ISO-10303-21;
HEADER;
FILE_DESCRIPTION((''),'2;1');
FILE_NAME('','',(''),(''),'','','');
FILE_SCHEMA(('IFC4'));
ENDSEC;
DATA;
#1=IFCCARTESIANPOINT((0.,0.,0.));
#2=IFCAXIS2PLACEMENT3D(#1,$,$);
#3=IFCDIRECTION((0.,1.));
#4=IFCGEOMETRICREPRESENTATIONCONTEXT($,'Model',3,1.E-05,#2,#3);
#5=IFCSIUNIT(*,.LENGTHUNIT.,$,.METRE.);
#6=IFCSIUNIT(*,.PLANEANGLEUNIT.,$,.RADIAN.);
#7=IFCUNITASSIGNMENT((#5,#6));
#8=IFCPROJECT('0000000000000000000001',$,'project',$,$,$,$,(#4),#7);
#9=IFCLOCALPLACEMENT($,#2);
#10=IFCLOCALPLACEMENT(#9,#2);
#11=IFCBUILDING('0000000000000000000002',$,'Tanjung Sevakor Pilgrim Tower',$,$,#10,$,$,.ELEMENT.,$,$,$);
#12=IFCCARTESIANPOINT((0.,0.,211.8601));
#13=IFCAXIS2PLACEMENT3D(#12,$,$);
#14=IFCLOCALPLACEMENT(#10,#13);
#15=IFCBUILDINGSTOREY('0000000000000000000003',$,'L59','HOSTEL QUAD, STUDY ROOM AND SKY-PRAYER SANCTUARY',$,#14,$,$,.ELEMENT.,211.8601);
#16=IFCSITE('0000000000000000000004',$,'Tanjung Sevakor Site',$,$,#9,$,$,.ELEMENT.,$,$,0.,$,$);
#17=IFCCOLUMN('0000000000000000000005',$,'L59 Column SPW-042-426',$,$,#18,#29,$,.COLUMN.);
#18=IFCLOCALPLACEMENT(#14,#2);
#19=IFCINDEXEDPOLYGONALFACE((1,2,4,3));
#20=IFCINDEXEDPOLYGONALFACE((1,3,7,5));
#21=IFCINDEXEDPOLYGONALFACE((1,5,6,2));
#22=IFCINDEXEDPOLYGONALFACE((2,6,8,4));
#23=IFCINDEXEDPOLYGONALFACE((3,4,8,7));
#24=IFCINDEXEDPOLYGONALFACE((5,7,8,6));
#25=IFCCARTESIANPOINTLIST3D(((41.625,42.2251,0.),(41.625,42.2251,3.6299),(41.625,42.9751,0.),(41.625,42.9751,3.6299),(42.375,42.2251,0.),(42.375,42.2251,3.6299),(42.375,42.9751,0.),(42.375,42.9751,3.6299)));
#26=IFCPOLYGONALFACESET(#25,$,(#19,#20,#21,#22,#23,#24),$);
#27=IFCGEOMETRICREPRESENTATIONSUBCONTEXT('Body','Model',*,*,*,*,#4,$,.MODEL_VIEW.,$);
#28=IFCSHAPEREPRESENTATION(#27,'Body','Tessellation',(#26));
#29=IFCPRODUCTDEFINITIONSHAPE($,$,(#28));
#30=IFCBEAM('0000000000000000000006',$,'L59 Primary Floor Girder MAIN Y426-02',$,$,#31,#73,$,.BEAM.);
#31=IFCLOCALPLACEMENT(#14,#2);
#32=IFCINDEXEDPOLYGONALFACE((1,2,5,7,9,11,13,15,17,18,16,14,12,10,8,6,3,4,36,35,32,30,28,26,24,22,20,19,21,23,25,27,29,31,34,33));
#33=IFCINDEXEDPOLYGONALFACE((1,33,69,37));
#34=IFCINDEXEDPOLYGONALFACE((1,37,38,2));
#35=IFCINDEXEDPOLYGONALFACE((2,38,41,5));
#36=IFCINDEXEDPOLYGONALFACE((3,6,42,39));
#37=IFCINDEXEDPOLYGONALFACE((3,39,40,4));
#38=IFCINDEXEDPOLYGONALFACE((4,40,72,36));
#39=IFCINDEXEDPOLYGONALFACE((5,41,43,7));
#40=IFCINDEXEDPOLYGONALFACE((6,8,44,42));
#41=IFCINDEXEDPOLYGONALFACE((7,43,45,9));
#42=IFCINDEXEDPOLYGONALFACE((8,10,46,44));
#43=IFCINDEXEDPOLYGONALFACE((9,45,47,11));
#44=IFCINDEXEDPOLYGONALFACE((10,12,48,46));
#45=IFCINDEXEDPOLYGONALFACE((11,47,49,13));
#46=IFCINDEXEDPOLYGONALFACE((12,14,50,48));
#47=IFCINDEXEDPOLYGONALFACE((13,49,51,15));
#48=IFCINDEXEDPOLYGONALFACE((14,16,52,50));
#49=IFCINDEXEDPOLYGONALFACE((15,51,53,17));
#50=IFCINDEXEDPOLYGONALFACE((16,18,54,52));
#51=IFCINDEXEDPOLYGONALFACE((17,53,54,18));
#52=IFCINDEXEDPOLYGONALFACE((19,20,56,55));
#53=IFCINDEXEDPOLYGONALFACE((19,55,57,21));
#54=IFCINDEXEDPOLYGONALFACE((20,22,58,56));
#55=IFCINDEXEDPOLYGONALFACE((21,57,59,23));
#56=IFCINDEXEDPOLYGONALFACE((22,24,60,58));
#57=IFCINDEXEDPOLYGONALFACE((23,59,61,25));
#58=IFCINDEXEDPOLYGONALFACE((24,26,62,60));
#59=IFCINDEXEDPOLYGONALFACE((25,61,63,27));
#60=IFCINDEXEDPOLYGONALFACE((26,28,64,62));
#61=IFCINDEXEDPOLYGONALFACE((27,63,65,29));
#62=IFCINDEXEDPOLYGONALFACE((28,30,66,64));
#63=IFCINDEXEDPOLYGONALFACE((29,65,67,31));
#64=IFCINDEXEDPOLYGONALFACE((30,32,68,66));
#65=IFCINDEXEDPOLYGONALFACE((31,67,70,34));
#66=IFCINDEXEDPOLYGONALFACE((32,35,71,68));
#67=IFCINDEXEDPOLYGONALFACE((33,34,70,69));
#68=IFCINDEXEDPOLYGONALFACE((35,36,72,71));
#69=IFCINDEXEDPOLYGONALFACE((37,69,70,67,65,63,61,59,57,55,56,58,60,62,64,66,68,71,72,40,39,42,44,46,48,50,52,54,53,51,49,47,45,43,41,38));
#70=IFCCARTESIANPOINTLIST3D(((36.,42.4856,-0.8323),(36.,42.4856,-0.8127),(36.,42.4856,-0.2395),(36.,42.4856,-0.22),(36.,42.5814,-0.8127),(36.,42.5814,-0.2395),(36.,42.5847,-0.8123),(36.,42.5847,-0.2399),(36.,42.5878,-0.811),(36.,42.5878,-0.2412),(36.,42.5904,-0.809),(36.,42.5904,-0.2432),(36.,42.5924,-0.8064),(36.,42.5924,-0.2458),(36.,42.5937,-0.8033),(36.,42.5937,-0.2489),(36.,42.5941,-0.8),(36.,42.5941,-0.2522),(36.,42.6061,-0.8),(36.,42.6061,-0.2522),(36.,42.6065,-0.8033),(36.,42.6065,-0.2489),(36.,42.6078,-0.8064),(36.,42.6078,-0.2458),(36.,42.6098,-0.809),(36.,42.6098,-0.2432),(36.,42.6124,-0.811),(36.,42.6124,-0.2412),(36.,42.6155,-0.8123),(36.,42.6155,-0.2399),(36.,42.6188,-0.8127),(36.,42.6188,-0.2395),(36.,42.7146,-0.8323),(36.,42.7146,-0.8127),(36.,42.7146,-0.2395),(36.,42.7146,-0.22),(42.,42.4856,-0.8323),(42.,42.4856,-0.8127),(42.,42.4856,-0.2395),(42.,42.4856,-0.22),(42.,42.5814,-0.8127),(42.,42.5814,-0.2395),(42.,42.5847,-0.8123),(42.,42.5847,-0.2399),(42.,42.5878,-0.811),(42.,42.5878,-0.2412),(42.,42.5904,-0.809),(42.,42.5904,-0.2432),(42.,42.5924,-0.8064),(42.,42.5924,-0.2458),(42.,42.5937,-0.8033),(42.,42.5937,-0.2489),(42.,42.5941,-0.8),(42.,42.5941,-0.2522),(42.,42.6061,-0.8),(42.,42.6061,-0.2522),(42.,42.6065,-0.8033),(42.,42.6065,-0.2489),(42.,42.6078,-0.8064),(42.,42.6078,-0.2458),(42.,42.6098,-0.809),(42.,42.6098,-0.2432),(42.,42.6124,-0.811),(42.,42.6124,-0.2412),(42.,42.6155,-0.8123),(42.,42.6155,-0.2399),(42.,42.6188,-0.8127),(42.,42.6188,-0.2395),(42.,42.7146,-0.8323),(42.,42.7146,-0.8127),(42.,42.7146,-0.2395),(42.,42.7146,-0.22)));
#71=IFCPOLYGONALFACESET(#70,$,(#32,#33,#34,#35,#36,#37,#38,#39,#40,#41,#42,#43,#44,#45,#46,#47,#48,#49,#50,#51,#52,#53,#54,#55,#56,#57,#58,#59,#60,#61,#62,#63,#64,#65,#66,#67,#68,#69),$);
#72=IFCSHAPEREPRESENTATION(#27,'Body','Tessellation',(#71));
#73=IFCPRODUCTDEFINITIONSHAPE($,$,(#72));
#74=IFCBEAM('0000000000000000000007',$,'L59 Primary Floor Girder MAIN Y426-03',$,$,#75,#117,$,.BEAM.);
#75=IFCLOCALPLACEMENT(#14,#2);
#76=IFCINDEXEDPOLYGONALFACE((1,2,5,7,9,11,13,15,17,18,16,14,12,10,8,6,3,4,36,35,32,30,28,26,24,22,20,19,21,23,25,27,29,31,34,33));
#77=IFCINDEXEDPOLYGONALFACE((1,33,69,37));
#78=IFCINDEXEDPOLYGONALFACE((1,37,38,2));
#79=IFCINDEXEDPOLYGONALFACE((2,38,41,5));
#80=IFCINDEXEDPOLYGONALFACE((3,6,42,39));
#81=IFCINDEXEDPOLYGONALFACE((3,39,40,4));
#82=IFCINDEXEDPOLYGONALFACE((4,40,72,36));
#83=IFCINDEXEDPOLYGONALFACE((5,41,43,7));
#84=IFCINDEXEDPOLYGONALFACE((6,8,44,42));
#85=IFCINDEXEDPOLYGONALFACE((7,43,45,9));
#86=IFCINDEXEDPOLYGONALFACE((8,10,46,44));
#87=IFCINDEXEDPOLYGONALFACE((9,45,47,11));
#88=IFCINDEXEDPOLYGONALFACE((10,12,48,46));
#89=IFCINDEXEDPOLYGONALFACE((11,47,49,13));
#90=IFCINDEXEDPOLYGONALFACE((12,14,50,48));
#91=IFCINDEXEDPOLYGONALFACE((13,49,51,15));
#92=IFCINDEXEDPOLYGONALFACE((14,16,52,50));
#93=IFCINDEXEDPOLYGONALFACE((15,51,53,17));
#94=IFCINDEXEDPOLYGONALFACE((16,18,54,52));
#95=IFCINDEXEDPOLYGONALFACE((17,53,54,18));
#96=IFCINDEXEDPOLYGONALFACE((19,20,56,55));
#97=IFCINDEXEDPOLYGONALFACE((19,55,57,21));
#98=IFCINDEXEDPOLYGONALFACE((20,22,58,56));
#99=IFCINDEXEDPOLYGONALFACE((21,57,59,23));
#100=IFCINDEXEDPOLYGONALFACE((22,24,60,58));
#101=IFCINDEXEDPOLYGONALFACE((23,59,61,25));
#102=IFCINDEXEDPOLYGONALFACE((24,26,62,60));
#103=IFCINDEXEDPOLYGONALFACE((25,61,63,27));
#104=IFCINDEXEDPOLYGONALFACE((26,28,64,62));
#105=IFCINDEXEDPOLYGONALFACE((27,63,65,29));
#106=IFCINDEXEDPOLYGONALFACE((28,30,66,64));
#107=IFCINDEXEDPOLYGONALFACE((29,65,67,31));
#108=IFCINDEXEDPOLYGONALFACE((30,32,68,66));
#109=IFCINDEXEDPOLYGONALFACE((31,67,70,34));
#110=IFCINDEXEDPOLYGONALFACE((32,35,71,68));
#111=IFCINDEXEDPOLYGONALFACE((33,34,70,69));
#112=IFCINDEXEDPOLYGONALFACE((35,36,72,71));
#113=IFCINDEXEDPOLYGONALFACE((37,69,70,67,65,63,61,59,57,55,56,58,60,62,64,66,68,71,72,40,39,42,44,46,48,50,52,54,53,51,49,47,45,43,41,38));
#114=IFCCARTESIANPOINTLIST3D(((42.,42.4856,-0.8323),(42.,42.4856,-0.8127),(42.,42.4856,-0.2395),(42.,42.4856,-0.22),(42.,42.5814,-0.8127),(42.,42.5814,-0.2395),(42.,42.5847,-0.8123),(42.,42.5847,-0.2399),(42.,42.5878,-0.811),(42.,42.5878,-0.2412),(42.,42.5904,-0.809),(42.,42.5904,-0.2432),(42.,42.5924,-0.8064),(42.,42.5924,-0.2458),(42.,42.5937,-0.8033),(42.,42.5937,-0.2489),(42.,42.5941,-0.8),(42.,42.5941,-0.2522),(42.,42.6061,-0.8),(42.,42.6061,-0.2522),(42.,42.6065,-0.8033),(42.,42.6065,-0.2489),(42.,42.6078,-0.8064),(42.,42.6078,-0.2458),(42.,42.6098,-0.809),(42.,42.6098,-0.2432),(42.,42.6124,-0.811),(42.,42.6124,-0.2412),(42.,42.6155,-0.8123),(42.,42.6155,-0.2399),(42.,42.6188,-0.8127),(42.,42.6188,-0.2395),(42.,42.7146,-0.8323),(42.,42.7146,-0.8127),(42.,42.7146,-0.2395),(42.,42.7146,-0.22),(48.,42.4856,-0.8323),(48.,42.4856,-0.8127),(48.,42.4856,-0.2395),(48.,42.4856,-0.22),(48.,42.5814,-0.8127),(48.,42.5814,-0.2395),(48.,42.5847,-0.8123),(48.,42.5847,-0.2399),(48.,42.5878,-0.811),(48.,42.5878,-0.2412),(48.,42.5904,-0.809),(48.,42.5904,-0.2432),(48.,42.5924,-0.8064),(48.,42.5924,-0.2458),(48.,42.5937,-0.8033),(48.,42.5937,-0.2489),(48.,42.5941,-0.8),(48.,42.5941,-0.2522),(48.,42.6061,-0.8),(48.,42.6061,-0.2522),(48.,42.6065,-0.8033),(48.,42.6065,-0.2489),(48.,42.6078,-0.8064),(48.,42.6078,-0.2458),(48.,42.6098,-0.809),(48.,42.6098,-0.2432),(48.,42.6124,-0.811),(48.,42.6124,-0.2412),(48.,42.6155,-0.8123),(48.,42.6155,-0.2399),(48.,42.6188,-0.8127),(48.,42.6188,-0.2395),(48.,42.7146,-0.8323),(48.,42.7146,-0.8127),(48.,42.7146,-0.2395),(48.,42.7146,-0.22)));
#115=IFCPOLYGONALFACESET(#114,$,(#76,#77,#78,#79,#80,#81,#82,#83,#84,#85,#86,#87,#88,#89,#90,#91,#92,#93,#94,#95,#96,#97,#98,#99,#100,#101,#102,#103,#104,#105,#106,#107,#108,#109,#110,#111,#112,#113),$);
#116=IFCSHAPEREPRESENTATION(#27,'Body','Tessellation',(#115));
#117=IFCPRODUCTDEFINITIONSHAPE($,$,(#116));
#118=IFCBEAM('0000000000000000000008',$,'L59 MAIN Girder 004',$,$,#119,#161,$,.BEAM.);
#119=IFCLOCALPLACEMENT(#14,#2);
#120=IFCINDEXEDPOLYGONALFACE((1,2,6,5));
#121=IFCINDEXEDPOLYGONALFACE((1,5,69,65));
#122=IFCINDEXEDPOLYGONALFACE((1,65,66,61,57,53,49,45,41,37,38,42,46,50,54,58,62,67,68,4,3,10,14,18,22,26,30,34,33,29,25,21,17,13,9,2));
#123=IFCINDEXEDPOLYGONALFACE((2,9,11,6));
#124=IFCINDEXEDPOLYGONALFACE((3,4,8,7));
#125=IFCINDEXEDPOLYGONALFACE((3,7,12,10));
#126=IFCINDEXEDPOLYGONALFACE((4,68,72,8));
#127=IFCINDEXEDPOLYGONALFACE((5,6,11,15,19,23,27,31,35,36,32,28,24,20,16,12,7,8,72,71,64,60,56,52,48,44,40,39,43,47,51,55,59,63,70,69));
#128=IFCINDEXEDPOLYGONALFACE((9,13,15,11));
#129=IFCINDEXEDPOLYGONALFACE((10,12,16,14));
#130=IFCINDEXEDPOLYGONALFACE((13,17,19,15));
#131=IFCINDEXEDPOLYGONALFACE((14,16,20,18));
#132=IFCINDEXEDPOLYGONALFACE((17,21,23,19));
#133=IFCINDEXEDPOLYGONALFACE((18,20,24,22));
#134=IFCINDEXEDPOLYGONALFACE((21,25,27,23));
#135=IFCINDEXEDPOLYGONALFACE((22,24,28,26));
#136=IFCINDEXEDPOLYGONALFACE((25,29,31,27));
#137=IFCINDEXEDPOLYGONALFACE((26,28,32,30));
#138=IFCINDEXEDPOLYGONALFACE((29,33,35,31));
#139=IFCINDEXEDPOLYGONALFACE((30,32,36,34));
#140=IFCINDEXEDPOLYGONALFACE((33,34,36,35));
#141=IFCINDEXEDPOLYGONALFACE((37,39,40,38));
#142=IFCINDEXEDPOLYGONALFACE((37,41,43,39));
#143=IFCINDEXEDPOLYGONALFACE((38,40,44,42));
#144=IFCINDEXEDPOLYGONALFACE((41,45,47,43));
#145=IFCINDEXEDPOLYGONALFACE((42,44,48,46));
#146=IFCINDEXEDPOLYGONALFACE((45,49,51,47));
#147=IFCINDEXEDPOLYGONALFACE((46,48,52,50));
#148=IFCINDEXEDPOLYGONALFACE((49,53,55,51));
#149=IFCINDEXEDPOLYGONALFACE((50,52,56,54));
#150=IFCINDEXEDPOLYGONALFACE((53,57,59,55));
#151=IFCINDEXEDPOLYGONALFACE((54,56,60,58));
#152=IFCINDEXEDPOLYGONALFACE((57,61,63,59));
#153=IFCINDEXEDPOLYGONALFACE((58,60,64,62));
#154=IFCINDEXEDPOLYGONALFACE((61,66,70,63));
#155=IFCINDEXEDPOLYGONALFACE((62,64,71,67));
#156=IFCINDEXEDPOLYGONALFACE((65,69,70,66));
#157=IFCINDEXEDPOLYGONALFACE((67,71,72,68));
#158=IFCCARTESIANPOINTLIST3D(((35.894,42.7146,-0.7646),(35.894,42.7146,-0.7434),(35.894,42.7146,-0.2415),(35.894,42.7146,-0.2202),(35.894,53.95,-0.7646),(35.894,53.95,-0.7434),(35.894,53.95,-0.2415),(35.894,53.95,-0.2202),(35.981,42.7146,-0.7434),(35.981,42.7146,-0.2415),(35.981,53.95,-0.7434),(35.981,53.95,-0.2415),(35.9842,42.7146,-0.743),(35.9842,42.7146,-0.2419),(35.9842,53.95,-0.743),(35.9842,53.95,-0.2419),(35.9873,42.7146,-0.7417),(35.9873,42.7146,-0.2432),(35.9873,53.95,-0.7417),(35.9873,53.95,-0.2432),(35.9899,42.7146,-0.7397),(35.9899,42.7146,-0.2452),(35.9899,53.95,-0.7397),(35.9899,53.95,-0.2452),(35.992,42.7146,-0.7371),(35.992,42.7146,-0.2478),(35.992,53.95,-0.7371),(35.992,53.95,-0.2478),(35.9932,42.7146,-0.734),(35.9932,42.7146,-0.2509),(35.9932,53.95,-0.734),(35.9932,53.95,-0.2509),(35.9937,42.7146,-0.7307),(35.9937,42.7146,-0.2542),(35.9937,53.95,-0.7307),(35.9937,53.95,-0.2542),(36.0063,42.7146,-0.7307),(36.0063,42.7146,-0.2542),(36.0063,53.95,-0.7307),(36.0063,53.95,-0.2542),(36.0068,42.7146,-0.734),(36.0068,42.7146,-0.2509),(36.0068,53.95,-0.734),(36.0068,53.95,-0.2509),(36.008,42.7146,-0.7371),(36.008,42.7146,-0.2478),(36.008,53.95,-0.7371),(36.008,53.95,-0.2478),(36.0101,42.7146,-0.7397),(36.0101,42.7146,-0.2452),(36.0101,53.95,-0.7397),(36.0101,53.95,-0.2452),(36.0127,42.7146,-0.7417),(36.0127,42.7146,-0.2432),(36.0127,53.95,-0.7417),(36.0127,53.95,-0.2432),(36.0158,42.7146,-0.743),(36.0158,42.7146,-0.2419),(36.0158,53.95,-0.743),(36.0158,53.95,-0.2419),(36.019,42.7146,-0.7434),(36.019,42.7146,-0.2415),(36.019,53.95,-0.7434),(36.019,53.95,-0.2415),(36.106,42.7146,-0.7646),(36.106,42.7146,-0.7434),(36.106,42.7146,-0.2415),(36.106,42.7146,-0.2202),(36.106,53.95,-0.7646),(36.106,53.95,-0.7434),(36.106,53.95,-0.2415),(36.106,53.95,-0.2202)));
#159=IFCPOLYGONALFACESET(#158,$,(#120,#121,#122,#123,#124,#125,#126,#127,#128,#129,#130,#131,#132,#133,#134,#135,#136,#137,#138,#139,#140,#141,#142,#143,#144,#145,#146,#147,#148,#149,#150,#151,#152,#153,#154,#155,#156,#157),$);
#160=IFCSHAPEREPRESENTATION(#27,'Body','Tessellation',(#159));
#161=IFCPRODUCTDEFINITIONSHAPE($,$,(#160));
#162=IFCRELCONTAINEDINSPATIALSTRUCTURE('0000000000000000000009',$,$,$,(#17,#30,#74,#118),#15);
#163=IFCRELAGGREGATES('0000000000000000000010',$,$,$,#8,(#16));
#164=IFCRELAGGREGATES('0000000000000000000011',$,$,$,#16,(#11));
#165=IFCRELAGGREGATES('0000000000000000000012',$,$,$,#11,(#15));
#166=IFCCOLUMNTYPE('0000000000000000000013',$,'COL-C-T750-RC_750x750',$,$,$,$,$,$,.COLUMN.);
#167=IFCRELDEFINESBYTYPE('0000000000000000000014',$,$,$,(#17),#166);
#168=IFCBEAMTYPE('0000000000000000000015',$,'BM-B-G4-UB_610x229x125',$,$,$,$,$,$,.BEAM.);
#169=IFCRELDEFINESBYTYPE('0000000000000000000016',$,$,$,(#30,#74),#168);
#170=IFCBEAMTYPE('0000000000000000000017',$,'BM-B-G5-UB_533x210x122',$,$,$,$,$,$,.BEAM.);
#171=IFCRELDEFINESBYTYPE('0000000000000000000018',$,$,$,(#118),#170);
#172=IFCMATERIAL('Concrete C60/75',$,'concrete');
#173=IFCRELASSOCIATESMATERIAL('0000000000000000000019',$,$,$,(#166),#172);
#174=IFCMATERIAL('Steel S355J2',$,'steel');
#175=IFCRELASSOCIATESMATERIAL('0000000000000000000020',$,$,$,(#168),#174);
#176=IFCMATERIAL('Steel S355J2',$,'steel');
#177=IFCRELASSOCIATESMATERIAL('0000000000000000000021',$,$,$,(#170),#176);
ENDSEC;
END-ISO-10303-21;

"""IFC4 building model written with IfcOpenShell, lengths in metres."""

from ifc_helpers import new_model, si_unit, direction, frame, origin, origin_2d, place, context, subcontext, project, spatial, rectangle, i_section, extrude, material, material_profile, profile_set, type_object, element, save


model = new_model("IFC4")

# Units and contexts
model_context = context("Model", 3, precision=1e-05, world=origin(), true_north=direction((0.0, 1.0)))
body_context = subcontext(model_context, "Body", "Model", "MODEL_VIEW")
ifc_project = project(units=[si_unit("LENGTHUNIT", "METRE"), si_unit("PLANEANGLEUNIT", "RADIAN")], contexts=[model_context])

# Site, building, storey
site_placement = place(None, origin())
site = spatial("IfcSite", under=ifc_project, at=site_placement, Name="Tanjung Sevakor Site", CompositionType="ELEMENT", RefElevation=0.0)
building_placement = place(site_placement, origin())
building = spatial("IfcBuilding", under=site, at=building_placement, Name="Tanjung Sevakor Pilgrim Tower", CompositionType="ELEMENT")
storey_placement = place(building_placement, frame((0.0, 0.0, 211.8601)))
storey = spatial("IfcBuildingStorey", under=building, at=storey_placement, Name="L59", Description="HOSTEL QUAD, STUDY ROOM AND SKY-PRAYER SANCTUARY", CompositionType="ELEMENT", Elevation=211.8601)

# Column
ifc_material_1 = material(Name="Concrete C60/75", Category="concrete")
ifc_material_profile_1 = material_profile(ifc_material_1, rectangle(XDim=0.75, YDim=0.75, at=origin_2d()))
ifc_profile_set_1 = profile_set([ifc_material_profile_1], Name="Concrete C60/75")
column_type = type_object("IfcColumnType", Name="COL-C-T750-RC_750x750", PredefinedType="COLUMN", material=ifc_profile_set_1)
column_placement = place(storey_placement, frame((42.0, 42.6001, 0.0), z_axis=(0.0, 0.0, 1.0), x_axis=(1.0, 0.0, 0.0)))
element("IfcColumn", 1, at=column_placement, inside=storey, type_object=column_type, Name="L59 Column SPW-042-426", PredefinedType="COLUMN", context=body_context, shape_type="SweptSolid", body=[
    extrude(rectangle(XDim=0.75, YDim=0.75, at=origin_2d()), origin(), (0.0, 0.0, 1.0), 3.6299),
])

# Beams
ifc_material_2 = material(Name="Steel S355J2", Category="steel")
ifc_material_profile_2 = material_profile(ifc_material_2, i_section(OverallWidth=0.229, OverallDepth=0.6123, WebThickness=0.012, FlangeThickness=0.0195, FilletRadius=0.0127, at=origin_2d()))
ifc_profile_set_2 = profile_set([ifc_material_profile_2], Name="Steel S355J2")
beam_type_1 = type_object("IfcBeamType", Name="BM-B-G4-UB_610x229x125", PredefinedType="BEAM", material=ifc_profile_set_2)
for number, where, z_axis, x_axis, name in (
    (2, (36.0, 42.6001, -0.5261), (1.0, 0.0, 0.0), (0.0, 1.0, 0.0), "L59 Primary Floor Girder MAIN Y426-02"),
    (3, (42.0, 42.6001, -0.5261), (1.0, 0.0, 0.0), (0.0, 1.0, 0.0), "L59 Primary Floor Girder MAIN Y426-03"),
):
    element("IfcBeam", number, at=place(storey_placement, frame(where, z_axis=z_axis, x_axis=x_axis)), inside=storey, type_object=beam_type_1, Name=name, PredefinedType="BEAM", context=body_context, shape_type="SweptSolid", body=[
        extrude(i_section(OverallWidth=0.229, OverallDepth=0.6123, WebThickness=0.012, FlangeThickness=0.0195, FilletRadius=0.0127, at=origin_2d()), origin(), (0.0, 0.0, 1.0), 6.0),
    ])
ifc_material_3 = material(Name="Steel S355J2", Category="steel")
ifc_material_profile_3 = material_profile(ifc_material_3, i_section(OverallWidth=0.2119, OverallDepth=0.5444, WebThickness=0.0127, FlangeThickness=0.0212, FilletRadius=0.0127, at=origin_2d()))
ifc_profile_set_3 = profile_set([ifc_material_profile_3], Name="Steel S355J2")
beam_type_2 = type_object("IfcBeamType", Name="BM-B-G5-UB_533x210x122", PredefinedType="BEAM", material=ifc_profile_set_3)
beam_1_placement = place(storey_placement, frame((36.0, 42.7146, -0.4924), z_axis=(0.0, 1.0, 0.0), x_axis=(-1.0, 0.0, 0.0)))
element("IfcBeam", 4, at=beam_1_placement, inside=storey, type_object=beam_type_2, Name="L59 MAIN Girder 004", PredefinedType="BEAM", context=body_context, shape_type="SweptSolid", body=[
    extrude(i_section(OverallWidth=0.2119, OverallDepth=0.5444, WebThickness=0.0127, FlangeThickness=0.0212, FilletRadius=0.0127, at=origin_2d()), origin(), (0.0, 0.0, 1.0), 11.2354),
])

save(model, "model.ifc")
